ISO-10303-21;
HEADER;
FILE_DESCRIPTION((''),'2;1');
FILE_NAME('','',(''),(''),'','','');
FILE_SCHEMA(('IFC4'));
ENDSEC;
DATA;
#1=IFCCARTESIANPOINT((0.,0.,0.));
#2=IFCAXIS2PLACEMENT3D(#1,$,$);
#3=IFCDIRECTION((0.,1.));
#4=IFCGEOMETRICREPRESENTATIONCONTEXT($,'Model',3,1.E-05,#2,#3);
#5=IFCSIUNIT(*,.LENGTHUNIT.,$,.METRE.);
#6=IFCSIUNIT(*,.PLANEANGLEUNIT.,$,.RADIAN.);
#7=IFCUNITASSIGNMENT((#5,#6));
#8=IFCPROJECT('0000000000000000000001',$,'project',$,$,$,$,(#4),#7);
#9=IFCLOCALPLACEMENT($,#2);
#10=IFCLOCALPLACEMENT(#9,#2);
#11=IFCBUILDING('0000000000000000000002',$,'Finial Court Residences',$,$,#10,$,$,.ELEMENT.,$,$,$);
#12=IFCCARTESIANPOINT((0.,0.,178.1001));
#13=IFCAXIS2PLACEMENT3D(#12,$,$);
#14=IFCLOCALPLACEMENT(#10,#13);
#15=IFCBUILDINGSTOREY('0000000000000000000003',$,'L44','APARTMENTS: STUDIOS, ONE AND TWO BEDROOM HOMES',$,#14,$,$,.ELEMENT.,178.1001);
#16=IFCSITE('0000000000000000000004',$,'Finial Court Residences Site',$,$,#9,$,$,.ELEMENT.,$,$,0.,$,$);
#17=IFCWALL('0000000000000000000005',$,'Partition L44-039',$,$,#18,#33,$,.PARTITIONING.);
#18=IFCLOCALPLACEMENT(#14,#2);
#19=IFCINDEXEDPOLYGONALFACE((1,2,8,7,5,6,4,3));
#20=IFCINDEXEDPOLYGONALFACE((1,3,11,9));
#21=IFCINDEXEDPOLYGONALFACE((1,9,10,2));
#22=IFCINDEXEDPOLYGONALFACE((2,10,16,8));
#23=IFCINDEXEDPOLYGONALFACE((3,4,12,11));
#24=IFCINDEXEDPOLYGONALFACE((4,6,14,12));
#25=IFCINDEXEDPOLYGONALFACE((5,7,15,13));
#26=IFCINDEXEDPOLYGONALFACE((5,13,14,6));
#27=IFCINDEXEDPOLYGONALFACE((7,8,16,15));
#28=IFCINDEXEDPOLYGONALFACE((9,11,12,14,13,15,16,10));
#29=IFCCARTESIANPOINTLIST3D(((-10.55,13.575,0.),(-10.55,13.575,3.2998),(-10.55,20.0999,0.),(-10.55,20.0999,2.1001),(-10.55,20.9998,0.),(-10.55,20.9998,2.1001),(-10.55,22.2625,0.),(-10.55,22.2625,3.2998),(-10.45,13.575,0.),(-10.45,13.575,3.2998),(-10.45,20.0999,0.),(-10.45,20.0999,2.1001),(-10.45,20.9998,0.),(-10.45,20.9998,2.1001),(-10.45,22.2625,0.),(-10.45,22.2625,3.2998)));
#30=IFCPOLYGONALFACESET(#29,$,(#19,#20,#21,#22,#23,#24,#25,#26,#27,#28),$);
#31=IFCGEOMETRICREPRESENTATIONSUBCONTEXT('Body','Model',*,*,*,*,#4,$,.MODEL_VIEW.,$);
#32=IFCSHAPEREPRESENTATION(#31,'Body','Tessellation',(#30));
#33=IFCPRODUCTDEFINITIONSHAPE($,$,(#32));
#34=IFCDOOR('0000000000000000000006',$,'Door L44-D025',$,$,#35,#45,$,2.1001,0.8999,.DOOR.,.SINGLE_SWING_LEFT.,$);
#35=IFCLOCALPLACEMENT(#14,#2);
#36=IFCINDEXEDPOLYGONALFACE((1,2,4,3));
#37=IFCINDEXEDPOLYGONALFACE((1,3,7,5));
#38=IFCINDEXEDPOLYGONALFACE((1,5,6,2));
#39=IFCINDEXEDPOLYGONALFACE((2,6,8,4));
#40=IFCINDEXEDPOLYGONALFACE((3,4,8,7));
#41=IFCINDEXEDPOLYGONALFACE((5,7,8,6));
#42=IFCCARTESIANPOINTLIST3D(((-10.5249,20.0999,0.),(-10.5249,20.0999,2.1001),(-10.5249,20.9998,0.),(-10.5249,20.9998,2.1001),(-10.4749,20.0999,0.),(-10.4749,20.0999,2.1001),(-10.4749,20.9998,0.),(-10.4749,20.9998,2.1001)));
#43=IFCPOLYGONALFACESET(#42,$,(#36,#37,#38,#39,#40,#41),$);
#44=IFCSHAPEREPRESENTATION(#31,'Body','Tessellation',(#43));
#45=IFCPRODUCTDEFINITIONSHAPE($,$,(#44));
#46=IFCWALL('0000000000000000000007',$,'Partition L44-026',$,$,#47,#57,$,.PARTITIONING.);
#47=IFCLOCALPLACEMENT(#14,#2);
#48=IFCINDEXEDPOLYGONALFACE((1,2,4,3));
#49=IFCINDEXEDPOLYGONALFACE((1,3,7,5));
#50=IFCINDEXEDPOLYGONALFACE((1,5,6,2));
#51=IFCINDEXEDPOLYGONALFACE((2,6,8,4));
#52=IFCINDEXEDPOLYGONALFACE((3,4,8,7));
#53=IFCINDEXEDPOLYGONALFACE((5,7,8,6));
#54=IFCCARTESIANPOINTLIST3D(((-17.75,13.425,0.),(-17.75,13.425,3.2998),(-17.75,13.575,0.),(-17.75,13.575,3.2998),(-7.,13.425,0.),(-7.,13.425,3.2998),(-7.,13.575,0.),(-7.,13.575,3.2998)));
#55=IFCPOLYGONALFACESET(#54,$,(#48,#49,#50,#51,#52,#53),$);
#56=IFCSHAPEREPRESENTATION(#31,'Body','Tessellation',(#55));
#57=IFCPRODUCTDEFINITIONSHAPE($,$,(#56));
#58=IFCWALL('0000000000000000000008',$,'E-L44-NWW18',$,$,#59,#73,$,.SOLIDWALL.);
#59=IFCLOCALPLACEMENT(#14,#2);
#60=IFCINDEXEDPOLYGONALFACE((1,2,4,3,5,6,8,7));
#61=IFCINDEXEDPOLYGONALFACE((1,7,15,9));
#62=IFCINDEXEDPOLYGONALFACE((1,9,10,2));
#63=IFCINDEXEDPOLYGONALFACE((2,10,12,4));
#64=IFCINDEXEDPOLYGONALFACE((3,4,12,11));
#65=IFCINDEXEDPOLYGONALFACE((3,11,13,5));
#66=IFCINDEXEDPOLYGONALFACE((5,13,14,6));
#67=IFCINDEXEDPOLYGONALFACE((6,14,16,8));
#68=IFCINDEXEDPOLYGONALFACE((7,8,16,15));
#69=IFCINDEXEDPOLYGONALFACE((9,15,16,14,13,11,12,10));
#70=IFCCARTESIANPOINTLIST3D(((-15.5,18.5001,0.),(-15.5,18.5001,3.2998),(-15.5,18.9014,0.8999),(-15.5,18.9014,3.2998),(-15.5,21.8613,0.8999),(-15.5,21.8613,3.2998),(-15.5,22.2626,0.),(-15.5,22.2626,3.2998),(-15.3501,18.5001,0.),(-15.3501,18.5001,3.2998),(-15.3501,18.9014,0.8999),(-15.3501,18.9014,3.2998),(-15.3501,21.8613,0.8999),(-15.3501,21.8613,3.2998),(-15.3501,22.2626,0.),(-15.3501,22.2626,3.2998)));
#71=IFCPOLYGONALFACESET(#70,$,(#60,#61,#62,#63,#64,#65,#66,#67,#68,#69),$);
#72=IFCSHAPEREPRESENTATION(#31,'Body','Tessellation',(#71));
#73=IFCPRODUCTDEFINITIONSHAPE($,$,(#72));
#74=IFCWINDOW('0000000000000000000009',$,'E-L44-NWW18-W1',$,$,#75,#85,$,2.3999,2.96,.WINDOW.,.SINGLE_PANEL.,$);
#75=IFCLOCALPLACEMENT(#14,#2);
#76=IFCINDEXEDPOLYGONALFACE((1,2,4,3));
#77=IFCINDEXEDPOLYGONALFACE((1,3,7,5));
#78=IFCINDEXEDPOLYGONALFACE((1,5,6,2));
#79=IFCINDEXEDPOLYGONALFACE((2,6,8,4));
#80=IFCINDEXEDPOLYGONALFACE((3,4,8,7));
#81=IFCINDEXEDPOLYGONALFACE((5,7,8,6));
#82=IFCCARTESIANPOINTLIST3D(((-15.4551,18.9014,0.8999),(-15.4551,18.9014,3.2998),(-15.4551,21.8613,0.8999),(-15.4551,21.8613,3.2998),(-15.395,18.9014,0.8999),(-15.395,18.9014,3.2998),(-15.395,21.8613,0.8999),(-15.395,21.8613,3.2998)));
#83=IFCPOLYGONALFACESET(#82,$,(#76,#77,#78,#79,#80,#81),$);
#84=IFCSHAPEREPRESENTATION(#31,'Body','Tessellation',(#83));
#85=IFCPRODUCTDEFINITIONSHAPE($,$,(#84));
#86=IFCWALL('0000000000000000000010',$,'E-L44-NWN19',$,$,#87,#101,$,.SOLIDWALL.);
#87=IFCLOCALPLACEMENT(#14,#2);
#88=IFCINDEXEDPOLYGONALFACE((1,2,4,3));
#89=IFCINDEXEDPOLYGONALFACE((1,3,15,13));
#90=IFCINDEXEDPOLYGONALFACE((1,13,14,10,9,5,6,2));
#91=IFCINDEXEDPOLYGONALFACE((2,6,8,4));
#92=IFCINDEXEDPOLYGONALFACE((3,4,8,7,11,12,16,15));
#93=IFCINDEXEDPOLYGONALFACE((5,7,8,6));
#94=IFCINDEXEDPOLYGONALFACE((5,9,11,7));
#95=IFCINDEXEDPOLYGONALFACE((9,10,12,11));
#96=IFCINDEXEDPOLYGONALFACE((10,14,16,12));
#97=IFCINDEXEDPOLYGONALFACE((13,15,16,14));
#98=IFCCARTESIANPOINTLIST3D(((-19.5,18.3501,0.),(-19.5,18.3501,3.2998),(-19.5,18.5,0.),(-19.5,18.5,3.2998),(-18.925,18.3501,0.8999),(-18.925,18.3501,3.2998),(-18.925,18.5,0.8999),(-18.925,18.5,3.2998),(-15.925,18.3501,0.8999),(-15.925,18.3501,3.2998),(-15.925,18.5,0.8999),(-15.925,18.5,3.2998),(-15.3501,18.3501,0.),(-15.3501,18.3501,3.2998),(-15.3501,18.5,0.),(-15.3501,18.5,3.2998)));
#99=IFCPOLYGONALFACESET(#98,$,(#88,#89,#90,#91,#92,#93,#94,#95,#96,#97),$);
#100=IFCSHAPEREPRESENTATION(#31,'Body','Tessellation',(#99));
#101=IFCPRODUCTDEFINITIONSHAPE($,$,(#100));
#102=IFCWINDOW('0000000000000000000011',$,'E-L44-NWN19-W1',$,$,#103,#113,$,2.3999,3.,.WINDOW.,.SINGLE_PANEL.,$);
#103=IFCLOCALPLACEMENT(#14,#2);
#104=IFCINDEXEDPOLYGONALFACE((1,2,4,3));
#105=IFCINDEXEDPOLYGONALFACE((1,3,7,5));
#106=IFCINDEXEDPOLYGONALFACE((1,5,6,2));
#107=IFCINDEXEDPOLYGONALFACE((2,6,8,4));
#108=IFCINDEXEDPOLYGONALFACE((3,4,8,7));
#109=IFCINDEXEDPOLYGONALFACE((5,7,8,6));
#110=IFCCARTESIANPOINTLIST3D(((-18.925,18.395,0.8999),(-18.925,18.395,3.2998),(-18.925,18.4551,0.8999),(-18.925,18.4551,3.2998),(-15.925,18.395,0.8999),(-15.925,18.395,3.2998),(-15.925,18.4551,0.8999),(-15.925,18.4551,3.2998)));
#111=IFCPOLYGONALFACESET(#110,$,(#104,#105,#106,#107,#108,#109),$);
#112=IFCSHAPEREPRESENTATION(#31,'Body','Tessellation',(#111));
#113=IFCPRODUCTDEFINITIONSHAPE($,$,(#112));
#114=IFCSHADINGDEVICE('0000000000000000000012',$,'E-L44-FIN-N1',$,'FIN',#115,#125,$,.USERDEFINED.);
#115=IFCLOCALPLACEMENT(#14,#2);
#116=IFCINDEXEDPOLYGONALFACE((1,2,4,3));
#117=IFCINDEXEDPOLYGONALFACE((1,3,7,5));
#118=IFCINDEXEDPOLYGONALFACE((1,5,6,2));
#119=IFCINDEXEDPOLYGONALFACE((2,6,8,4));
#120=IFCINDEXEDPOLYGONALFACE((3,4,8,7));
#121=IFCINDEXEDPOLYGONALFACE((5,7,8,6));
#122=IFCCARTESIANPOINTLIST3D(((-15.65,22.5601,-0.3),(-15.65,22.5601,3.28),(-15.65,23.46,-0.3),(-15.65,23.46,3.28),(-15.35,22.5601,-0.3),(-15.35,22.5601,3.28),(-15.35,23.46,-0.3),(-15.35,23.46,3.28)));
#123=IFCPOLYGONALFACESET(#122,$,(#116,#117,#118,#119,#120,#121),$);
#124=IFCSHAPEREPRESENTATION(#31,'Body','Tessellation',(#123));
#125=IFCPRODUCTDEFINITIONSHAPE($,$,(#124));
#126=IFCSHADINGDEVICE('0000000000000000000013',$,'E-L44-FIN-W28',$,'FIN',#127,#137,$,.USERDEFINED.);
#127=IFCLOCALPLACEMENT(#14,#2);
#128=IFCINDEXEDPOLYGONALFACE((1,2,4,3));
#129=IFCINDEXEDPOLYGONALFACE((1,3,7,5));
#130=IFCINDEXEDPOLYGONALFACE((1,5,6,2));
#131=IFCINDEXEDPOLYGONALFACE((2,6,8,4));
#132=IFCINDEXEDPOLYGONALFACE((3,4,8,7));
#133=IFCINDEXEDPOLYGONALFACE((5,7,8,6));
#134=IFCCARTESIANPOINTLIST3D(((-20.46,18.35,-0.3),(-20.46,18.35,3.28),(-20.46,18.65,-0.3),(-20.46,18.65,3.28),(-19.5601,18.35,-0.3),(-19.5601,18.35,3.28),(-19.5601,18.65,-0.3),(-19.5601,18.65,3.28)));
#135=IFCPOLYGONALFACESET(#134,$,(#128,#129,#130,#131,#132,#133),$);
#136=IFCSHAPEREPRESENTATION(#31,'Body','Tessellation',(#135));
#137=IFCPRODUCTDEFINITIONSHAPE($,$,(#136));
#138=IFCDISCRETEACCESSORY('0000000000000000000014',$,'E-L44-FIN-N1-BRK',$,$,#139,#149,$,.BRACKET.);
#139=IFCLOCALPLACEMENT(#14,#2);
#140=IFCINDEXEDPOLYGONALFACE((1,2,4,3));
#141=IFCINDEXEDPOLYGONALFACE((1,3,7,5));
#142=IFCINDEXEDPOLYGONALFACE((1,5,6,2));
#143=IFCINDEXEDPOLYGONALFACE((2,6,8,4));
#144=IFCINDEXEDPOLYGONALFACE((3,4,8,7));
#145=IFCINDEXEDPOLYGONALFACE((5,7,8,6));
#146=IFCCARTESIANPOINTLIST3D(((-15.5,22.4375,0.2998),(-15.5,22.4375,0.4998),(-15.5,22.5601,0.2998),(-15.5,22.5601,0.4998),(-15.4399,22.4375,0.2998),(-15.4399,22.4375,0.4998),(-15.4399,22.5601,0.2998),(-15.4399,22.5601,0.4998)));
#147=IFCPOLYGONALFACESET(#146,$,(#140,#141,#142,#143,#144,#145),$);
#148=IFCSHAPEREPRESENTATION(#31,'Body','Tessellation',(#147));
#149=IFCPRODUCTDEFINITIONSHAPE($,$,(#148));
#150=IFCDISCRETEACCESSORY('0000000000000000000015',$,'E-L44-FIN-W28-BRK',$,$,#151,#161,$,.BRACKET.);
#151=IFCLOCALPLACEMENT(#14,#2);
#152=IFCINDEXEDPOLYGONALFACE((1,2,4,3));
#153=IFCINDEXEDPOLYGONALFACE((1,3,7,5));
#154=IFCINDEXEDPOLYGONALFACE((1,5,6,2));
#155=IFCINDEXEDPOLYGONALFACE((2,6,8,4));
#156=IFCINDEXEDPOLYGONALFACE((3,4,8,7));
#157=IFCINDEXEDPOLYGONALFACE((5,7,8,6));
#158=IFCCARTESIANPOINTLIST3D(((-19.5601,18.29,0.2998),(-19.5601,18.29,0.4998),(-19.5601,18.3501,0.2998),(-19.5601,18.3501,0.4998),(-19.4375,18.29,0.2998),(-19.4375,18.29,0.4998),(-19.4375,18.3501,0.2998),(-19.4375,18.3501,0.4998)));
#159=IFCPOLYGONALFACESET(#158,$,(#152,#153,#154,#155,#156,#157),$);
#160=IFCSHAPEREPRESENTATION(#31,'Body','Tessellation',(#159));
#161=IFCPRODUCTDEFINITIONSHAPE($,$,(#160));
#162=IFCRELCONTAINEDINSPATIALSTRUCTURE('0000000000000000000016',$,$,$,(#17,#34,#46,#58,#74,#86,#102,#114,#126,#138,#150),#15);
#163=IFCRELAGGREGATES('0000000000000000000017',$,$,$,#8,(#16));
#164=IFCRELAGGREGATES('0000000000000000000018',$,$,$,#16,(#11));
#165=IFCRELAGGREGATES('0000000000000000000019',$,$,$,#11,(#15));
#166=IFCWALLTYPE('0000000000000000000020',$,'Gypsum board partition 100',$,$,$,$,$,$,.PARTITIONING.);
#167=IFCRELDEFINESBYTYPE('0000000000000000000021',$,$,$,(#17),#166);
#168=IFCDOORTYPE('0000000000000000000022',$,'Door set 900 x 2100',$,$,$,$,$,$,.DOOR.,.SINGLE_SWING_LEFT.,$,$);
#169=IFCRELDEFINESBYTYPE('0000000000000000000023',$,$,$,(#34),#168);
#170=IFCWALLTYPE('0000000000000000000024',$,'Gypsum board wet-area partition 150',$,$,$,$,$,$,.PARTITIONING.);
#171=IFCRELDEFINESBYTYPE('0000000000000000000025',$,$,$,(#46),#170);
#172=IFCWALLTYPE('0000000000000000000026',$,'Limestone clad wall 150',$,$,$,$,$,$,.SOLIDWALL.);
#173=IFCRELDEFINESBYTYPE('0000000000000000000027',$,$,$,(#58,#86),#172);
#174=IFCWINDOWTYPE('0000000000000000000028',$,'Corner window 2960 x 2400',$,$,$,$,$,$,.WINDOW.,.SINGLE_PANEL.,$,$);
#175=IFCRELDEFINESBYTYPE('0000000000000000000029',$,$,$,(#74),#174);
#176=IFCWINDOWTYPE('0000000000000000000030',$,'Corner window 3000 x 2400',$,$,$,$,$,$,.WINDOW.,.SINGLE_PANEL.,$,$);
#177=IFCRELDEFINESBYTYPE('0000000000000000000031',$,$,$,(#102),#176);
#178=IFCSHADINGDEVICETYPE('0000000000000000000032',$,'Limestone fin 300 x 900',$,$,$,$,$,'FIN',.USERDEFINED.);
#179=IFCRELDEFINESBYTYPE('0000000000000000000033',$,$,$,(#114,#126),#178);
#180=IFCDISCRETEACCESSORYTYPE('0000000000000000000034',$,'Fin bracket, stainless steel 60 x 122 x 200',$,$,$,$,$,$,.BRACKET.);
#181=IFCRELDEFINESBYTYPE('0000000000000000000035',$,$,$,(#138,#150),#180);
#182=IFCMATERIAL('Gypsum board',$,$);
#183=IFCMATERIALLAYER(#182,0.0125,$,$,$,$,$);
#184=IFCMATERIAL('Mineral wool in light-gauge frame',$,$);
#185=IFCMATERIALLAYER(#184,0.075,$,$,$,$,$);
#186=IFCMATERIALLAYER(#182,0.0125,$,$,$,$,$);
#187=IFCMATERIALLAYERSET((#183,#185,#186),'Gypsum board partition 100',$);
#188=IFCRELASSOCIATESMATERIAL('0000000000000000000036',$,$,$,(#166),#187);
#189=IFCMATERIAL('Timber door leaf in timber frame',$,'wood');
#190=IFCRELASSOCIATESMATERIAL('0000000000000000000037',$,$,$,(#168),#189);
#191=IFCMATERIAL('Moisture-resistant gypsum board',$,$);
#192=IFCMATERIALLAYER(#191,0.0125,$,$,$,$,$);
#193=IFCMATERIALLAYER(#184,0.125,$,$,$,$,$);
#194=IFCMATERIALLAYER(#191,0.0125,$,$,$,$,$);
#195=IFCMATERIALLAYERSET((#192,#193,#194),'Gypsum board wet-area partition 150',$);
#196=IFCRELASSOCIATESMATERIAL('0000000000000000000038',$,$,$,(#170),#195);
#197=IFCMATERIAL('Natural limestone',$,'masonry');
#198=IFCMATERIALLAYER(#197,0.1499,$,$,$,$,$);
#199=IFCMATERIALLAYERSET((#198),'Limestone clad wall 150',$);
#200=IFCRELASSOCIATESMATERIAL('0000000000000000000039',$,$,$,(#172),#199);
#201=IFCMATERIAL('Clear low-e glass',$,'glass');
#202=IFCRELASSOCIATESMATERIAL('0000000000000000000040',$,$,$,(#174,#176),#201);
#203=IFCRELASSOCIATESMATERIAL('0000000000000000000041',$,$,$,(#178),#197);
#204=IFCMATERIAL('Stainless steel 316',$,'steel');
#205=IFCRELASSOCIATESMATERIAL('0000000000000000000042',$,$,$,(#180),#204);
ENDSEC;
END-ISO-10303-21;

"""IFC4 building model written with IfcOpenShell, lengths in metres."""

from ifc_helpers import new_model, si_unit, direction, frame, frame_2d, origin, origin_2d, place, context, subcontext, project, spatial, rectangle, extrude, material, layer, layer_set, type_object, element, fill, save


model = new_model("IFC4")

# Units and contexts
model_context = context("Model", 3, precision=1e-05, world=origin(), true_north=direction((0.0, 1.0)))
body_context = subcontext(model_context, "Body", "Model", "MODEL_VIEW")
ifc_project = project(units=[si_unit("LENGTHUNIT", "METRE"), si_unit("PLANEANGLEUNIT", "RADIAN")], contexts=[model_context])

# Site, building, storey
site_placement = place(None, origin())
site = spatial("IfcSite", under=ifc_project, at=site_placement, Name="Finial Court Residences Site", CompositionType="ELEMENT", RefElevation=0.0)
building_placement = place(site_placement, origin())
building = spatial("IfcBuilding", under=site, at=building_placement, Name="Finial Court Residences", CompositionType="ELEMENT")
storey_placement = place(building_placement, frame((0.0, 0.0, 178.1001)))
storey = spatial("IfcBuildingStorey", under=building, at=storey_placement, Name="L44", Description="APARTMENTS: STUDIOS, ONE AND TWO BEDROOM HOMES", CompositionType="ELEMENT", Elevation=178.1001)

# Shared definitions
ifc_material_1 = material(Name="Clear low-e glass", Category="glass")

# Wall, opening, door
ifc_material_2 = material(Name="Gypsum board")
ifc_layer_1 = layer(ifc_material_2, 0.0125)
ifc_material_3 = material(Name="Mineral wool in light-gauge frame")
ifc_layer_2 = layer(ifc_material_3, 0.075)
ifc_layer_3 = layer(ifc_material_2, 0.0125)
ifc_layer_set_1 = layer_set([ifc_layer_1, ifc_layer_2, ifc_layer_3], Name="Gypsum board partition 100")
wall_type_1 = type_object("IfcWallType", Name="Gypsum board partition 100", PredefinedType="PARTITIONING", material=ifc_layer_set_1)
ifc_material_4 = material(Name="Timber door leaf in timber frame", Category="wood")
door_type = type_object("IfcDoorType", Name="Door set 900 x 2100", OperationType="SINGLE_SWING_LEFT", PredefinedType="DOOR", material=ifc_material_4)
wall_1_placement = place(storey_placement, frame((-10.5, 13.575, 0.0), z_axis=(0.0, 0.0, 1.0), x_axis=(0.0, 1.0, 0.0)))
wall_1 = element("IfcWall", 1, at=wall_1_placement, inside=storey, type_object=wall_type_1, Name="Partition L44-039", PredefinedType="PARTITIONING", context=body_context, shape_type="SweptSolid", body=[
    extrude(rectangle(XDim=8.6875, YDim=0.1001, at=frame_2d((4.3438, 0.0))), origin(), (0.0, 0.0, 1.0), 3.2998),
])
opening_1_placement = place(wall_1_placement, frame((6.5249, 0.0, 0.0)))
opening_1 = element("IfcOpeningElement", 2, at=opening_1_placement, cuts=wall_1, PredefinedType="OPENING", context=body_context, shape_type="SweptSolid", body=[
    extrude(rectangle(XDim=0.8999, YDim=2.1001, at=frame_2d((0.45, 1.05))), frame((0.0, 0.0601, 0.0), z_axis=(0.0, -1.0, 0.0), x_axis=(1.0, 0.0, 0.0)), (0.0, 0.0, 1.0), 0.1201),
])
door_1_placement = place(opening_1_placement, origin())
door_1 = element("IfcDoor", 3, at=door_1_placement, inside=storey, type_object=door_type, Name="Door L44-D025", OperationType="SINGLE_SWING_LEFT", OverallHeight=2.1001, OverallWidth=0.8999, PredefinedType="DOOR", context=body_context, shape_type="SweptSolid", body=[
    extrude(rectangle(XDim=0.8999, YDim=2.1001, at=frame_2d((0.45, 1.05))), frame((0.0, 0.0249, 0.0), z_axis=(0.0, -1.0, 0.0), x_axis=(1.0, 0.0, 0.0)), (0.0, 0.0, 1.0), 0.05),
])
fill(opening_1, door_1)

# Wall
ifc_material_5 = material(Name="Moisture-resistant gypsum board")
ifc_layer_4 = layer(ifc_material_5, 0.0125)
ifc_layer_5 = layer(ifc_material_3, 0.125)
ifc_layer_6 = layer(ifc_material_5, 0.0125)
ifc_layer_set_2 = layer_set([ifc_layer_4, ifc_layer_5, ifc_layer_6], Name="Gypsum board wet-area partition 150")
wall_type_2 = type_object("IfcWallType", Name="Gypsum board wet-area partition 150", PredefinedType="PARTITIONING", material=ifc_layer_set_2)
wall_2_placement = place(storey_placement, frame((-17.75, 13.5, 0.0), z_axis=(0.0, 0.0, 1.0), x_axis=(1.0, 0.0, 0.0)))
element("IfcWall", 4, at=wall_2_placement, inside=storey, type_object=wall_type_2, Name="Partition L44-026", PredefinedType="PARTITIONING", context=body_context, shape_type="SweptSolid", body=[
    extrude(rectangle(XDim=10.75, YDim=0.1499, at=frame_2d((5.375, 0.0))), origin(), (0.0, 0.0, 1.0), 3.2998),
])

# Walls, openings, windows
ifc_material_6 = material(Name="Natural limestone", Category="masonry")
ifc_layer_7 = layer(ifc_material_6, 0.1499)
ifc_layer_set_3 = layer_set([ifc_layer_7], Name="Limestone clad wall 150")
wall_type_3 = type_object("IfcWallType", Name="Limestone clad wall 150", PredefinedType="SOLIDWALL", material=ifc_layer_set_3)
wall_3_placement = place(storey_placement, frame((-15.425, 18.5, 0.0), z_axis=(0.0, 0.0, 1.0), x_axis=(0.0, 1.0, 0.0)))
wall_3 = element("IfcWall", 5, at=wall_3_placement, inside=storey, type_object=wall_type_3, Name="E-L44-NWW18", PredefinedType="SOLIDWALL", context=body_context, shape_type="SweptSolid", body=[
    extrude(rectangle(XDim=3.7625, YDim=0.1499, at=frame_2d((1.8813, 0.0))), origin(), (0.0, 0.0, 1.0), 3.2998),
])
opening_2_placement = place(wall_3_placement, frame((0.4014, 0.0, 0.8999)))
opening_2 = element("IfcOpeningElement", 6, at=opening_2_placement, cuts=wall_3, PredefinedType="OPENING", context=body_context, shape_type="SweptSolid", body=[
    extrude(rectangle(XDim=2.96, YDim=2.3999, at=frame_2d((1.48, 1.2))), frame((0.0, 0.085, 0.0), z_axis=(0.0, -1.0, 0.0), x_axis=(1.0, 0.0, 0.0)), (0.0, 0.0, 1.0), 0.1699),
])
window_type_1 = type_object("IfcWindowType", Name="Corner window 2960 x 2400", PartitioningType="SINGLE_PANEL", PredefinedType="WINDOW", material=ifc_material_1)
window_1_placement = place(opening_2_placement, origin())
window_1 = element("IfcWindow", 7, at=window_1_placement, inside=storey, type_object=window_type_1, Name="E-L44-NWW18-W1", OverallHeight=2.3999, OverallWidth=2.96, PartitioningType="SINGLE_PANEL", PredefinedType="WINDOW", context=body_context, shape_type="SweptSolid", body=[
    extrude(rectangle(XDim=2.96, YDim=2.3999, at=frame_2d((1.48, 1.2))), frame((0.0, 0.03, 0.0), z_axis=(0.0, -1.0, 0.0), x_axis=(1.0, 0.0, 0.0)), (0.0, 0.0, 1.0), 0.0601),
])
fill(opening_2, window_1)
wall_4_placement = place(storey_placement, frame((-19.5, 18.425, 0.0), z_axis=(0.0, 0.0, 1.0), x_axis=(1.0, 0.0, 0.0)))
wall_4 = element("IfcWall", 8, at=wall_4_placement, inside=storey, type_object=wall_type_3, Name="E-L44-NWN19", PredefinedType="SOLIDWALL", context=body_context, shape_type="SweptSolid", body=[
    extrude(rectangle(XDim=4.1499, YDim=0.1499, at=frame_2d((2.075, 0.0))), origin(), (0.0, 0.0, 1.0), 3.2998),
])
opening_3_placement = place(wall_4_placement, frame((0.575, 0.0, 0.8999)))
opening_3 = element("IfcOpeningElement", 9, at=opening_3_placement, cuts=wall_4, PredefinedType="OPENING", context=body_context, shape_type="SweptSolid", body=[
    extrude(rectangle(XDim=3.0, YDim=2.3999, at=frame_2d((1.5, 1.2))), frame((0.0, 0.085, 0.0), z_axis=(0.0, -1.0, 0.0), x_axis=(1.0, 0.0, 0.0)), (0.0, 0.0, 1.0), 0.1699),
])
window_type_2 = type_object("IfcWindowType", Name="Corner window 3000 x 2400", PartitioningType="SINGLE_PANEL", PredefinedType="WINDOW", material=ifc_material_1)
window_2_placement = place(opening_3_placement, origin())
window_2 = element("IfcWindow", 10, at=window_2_placement, inside=storey, type_object=window_type_2, Name="E-L44-NWN19-W1", OverallHeight=2.3999, OverallWidth=3.0, PartitioningType="SINGLE_PANEL", PredefinedType="WINDOW", context=body_context, shape_type="SweptSolid", body=[
    extrude(rectangle(XDim=3.0, YDim=2.3999, at=frame_2d((1.5, 1.2))), frame((0.0, 0.03, 0.0), z_axis=(0.0, -1.0, 0.0), x_axis=(1.0, 0.0, 0.0)), (0.0, 0.0, 1.0), 0.0601),
])
fill(opening_3, window_2)

# Shading devices
shading_device_type = type_object("IfcShadingDeviceType", Name="Limestone fin 300 x 900", ElementType="FIN", PredefinedType="USERDEFINED", material=ifc_material_6)
shading_device_1_placement = place(storey_placement, frame((-15.5, 23.01, -0.3), z_axis=(0.0, 0.0, 1.0), x_axis=(1.0, 0.0, 0.0)))
element("IfcShadingDevice", 11, at=shading_device_1_placement, inside=storey, type_object=shading_device_type, Name="E-L44-FIN-N1", ObjectType="FIN", PredefinedType="USERDEFINED", context=body_context, shape_type="SweptSolid", body=[
    extrude(rectangle(XDim=0.3, YDim=0.8999, at=origin_2d()), origin(), (0.0, 0.0, 1.0), 3.5801),
])
shading_device_2_placement = place(storey_placement, frame((-20.01, 18.5, -0.3), z_axis=(0.0, 0.0, 1.0), x_axis=(1.0, 0.0, 0.0)))
element("IfcShadingDevice", 12, at=shading_device_2_placement, inside=storey, type_object=shading_device_type, Name="E-L44-FIN-W28", ObjectType="FIN", PredefinedType="USERDEFINED", context=body_context, shape_type="SweptSolid", body=[
    extrude(rectangle(XDim=0.8999, YDim=0.3, at=origin_2d()), origin(), (0.0, 0.0, 1.0), 3.5801),
])

# Discrete accessories
ifc_material_7 = material(Name="Stainless steel 316", Category="steel")
discrete_accessory_type = type_object("IfcDiscreteAccessoryType", Name="Fin bracket, stainless steel 60 x 122 x 200", PredefinedType="BRACKET", material=ifc_material_7)
discrete_accessory_1_placement = place(storey_placement, frame((-15.47, 22.4988, 0.2998), z_axis=(0.0, 0.0, 1.0), x_axis=(1.0, 0.0, 0.0)))
element("IfcDiscreteAccessory", 13, at=discrete_accessory_1_placement, inside=storey, type_object=discrete_accessory_type, Name="E-L44-FIN-N1-BRK", PredefinedType="BRACKET", context=body_context, shape_type="SweptSolid", body=[
    extrude(rectangle(XDim=0.0601, YDim=0.1226, at=origin_2d()), origin(), (0.0, 0.0, 1.0), 0.2),
])
discrete_accessory_2_placement = place(storey_placement, frame((-19.4988, 18.3201, 0.2998), z_axis=(0.0, 0.0, 1.0), x_axis=(1.0, 0.0, 0.0)))
element("IfcDiscreteAccessory", 14, at=discrete_accessory_2_placement, inside=storey, type_object=discrete_accessory_type, Name="E-L44-FIN-W28-BRK", PredefinedType="BRACKET", context=body_context, shape_type="SweptSolid", body=[
    extrude(rectangle(XDim=0.1226, YDim=0.0601, at=origin_2d()), origin(), (0.0, 0.0, 1.0), 0.2),
])

save(model, "model.ifc")
